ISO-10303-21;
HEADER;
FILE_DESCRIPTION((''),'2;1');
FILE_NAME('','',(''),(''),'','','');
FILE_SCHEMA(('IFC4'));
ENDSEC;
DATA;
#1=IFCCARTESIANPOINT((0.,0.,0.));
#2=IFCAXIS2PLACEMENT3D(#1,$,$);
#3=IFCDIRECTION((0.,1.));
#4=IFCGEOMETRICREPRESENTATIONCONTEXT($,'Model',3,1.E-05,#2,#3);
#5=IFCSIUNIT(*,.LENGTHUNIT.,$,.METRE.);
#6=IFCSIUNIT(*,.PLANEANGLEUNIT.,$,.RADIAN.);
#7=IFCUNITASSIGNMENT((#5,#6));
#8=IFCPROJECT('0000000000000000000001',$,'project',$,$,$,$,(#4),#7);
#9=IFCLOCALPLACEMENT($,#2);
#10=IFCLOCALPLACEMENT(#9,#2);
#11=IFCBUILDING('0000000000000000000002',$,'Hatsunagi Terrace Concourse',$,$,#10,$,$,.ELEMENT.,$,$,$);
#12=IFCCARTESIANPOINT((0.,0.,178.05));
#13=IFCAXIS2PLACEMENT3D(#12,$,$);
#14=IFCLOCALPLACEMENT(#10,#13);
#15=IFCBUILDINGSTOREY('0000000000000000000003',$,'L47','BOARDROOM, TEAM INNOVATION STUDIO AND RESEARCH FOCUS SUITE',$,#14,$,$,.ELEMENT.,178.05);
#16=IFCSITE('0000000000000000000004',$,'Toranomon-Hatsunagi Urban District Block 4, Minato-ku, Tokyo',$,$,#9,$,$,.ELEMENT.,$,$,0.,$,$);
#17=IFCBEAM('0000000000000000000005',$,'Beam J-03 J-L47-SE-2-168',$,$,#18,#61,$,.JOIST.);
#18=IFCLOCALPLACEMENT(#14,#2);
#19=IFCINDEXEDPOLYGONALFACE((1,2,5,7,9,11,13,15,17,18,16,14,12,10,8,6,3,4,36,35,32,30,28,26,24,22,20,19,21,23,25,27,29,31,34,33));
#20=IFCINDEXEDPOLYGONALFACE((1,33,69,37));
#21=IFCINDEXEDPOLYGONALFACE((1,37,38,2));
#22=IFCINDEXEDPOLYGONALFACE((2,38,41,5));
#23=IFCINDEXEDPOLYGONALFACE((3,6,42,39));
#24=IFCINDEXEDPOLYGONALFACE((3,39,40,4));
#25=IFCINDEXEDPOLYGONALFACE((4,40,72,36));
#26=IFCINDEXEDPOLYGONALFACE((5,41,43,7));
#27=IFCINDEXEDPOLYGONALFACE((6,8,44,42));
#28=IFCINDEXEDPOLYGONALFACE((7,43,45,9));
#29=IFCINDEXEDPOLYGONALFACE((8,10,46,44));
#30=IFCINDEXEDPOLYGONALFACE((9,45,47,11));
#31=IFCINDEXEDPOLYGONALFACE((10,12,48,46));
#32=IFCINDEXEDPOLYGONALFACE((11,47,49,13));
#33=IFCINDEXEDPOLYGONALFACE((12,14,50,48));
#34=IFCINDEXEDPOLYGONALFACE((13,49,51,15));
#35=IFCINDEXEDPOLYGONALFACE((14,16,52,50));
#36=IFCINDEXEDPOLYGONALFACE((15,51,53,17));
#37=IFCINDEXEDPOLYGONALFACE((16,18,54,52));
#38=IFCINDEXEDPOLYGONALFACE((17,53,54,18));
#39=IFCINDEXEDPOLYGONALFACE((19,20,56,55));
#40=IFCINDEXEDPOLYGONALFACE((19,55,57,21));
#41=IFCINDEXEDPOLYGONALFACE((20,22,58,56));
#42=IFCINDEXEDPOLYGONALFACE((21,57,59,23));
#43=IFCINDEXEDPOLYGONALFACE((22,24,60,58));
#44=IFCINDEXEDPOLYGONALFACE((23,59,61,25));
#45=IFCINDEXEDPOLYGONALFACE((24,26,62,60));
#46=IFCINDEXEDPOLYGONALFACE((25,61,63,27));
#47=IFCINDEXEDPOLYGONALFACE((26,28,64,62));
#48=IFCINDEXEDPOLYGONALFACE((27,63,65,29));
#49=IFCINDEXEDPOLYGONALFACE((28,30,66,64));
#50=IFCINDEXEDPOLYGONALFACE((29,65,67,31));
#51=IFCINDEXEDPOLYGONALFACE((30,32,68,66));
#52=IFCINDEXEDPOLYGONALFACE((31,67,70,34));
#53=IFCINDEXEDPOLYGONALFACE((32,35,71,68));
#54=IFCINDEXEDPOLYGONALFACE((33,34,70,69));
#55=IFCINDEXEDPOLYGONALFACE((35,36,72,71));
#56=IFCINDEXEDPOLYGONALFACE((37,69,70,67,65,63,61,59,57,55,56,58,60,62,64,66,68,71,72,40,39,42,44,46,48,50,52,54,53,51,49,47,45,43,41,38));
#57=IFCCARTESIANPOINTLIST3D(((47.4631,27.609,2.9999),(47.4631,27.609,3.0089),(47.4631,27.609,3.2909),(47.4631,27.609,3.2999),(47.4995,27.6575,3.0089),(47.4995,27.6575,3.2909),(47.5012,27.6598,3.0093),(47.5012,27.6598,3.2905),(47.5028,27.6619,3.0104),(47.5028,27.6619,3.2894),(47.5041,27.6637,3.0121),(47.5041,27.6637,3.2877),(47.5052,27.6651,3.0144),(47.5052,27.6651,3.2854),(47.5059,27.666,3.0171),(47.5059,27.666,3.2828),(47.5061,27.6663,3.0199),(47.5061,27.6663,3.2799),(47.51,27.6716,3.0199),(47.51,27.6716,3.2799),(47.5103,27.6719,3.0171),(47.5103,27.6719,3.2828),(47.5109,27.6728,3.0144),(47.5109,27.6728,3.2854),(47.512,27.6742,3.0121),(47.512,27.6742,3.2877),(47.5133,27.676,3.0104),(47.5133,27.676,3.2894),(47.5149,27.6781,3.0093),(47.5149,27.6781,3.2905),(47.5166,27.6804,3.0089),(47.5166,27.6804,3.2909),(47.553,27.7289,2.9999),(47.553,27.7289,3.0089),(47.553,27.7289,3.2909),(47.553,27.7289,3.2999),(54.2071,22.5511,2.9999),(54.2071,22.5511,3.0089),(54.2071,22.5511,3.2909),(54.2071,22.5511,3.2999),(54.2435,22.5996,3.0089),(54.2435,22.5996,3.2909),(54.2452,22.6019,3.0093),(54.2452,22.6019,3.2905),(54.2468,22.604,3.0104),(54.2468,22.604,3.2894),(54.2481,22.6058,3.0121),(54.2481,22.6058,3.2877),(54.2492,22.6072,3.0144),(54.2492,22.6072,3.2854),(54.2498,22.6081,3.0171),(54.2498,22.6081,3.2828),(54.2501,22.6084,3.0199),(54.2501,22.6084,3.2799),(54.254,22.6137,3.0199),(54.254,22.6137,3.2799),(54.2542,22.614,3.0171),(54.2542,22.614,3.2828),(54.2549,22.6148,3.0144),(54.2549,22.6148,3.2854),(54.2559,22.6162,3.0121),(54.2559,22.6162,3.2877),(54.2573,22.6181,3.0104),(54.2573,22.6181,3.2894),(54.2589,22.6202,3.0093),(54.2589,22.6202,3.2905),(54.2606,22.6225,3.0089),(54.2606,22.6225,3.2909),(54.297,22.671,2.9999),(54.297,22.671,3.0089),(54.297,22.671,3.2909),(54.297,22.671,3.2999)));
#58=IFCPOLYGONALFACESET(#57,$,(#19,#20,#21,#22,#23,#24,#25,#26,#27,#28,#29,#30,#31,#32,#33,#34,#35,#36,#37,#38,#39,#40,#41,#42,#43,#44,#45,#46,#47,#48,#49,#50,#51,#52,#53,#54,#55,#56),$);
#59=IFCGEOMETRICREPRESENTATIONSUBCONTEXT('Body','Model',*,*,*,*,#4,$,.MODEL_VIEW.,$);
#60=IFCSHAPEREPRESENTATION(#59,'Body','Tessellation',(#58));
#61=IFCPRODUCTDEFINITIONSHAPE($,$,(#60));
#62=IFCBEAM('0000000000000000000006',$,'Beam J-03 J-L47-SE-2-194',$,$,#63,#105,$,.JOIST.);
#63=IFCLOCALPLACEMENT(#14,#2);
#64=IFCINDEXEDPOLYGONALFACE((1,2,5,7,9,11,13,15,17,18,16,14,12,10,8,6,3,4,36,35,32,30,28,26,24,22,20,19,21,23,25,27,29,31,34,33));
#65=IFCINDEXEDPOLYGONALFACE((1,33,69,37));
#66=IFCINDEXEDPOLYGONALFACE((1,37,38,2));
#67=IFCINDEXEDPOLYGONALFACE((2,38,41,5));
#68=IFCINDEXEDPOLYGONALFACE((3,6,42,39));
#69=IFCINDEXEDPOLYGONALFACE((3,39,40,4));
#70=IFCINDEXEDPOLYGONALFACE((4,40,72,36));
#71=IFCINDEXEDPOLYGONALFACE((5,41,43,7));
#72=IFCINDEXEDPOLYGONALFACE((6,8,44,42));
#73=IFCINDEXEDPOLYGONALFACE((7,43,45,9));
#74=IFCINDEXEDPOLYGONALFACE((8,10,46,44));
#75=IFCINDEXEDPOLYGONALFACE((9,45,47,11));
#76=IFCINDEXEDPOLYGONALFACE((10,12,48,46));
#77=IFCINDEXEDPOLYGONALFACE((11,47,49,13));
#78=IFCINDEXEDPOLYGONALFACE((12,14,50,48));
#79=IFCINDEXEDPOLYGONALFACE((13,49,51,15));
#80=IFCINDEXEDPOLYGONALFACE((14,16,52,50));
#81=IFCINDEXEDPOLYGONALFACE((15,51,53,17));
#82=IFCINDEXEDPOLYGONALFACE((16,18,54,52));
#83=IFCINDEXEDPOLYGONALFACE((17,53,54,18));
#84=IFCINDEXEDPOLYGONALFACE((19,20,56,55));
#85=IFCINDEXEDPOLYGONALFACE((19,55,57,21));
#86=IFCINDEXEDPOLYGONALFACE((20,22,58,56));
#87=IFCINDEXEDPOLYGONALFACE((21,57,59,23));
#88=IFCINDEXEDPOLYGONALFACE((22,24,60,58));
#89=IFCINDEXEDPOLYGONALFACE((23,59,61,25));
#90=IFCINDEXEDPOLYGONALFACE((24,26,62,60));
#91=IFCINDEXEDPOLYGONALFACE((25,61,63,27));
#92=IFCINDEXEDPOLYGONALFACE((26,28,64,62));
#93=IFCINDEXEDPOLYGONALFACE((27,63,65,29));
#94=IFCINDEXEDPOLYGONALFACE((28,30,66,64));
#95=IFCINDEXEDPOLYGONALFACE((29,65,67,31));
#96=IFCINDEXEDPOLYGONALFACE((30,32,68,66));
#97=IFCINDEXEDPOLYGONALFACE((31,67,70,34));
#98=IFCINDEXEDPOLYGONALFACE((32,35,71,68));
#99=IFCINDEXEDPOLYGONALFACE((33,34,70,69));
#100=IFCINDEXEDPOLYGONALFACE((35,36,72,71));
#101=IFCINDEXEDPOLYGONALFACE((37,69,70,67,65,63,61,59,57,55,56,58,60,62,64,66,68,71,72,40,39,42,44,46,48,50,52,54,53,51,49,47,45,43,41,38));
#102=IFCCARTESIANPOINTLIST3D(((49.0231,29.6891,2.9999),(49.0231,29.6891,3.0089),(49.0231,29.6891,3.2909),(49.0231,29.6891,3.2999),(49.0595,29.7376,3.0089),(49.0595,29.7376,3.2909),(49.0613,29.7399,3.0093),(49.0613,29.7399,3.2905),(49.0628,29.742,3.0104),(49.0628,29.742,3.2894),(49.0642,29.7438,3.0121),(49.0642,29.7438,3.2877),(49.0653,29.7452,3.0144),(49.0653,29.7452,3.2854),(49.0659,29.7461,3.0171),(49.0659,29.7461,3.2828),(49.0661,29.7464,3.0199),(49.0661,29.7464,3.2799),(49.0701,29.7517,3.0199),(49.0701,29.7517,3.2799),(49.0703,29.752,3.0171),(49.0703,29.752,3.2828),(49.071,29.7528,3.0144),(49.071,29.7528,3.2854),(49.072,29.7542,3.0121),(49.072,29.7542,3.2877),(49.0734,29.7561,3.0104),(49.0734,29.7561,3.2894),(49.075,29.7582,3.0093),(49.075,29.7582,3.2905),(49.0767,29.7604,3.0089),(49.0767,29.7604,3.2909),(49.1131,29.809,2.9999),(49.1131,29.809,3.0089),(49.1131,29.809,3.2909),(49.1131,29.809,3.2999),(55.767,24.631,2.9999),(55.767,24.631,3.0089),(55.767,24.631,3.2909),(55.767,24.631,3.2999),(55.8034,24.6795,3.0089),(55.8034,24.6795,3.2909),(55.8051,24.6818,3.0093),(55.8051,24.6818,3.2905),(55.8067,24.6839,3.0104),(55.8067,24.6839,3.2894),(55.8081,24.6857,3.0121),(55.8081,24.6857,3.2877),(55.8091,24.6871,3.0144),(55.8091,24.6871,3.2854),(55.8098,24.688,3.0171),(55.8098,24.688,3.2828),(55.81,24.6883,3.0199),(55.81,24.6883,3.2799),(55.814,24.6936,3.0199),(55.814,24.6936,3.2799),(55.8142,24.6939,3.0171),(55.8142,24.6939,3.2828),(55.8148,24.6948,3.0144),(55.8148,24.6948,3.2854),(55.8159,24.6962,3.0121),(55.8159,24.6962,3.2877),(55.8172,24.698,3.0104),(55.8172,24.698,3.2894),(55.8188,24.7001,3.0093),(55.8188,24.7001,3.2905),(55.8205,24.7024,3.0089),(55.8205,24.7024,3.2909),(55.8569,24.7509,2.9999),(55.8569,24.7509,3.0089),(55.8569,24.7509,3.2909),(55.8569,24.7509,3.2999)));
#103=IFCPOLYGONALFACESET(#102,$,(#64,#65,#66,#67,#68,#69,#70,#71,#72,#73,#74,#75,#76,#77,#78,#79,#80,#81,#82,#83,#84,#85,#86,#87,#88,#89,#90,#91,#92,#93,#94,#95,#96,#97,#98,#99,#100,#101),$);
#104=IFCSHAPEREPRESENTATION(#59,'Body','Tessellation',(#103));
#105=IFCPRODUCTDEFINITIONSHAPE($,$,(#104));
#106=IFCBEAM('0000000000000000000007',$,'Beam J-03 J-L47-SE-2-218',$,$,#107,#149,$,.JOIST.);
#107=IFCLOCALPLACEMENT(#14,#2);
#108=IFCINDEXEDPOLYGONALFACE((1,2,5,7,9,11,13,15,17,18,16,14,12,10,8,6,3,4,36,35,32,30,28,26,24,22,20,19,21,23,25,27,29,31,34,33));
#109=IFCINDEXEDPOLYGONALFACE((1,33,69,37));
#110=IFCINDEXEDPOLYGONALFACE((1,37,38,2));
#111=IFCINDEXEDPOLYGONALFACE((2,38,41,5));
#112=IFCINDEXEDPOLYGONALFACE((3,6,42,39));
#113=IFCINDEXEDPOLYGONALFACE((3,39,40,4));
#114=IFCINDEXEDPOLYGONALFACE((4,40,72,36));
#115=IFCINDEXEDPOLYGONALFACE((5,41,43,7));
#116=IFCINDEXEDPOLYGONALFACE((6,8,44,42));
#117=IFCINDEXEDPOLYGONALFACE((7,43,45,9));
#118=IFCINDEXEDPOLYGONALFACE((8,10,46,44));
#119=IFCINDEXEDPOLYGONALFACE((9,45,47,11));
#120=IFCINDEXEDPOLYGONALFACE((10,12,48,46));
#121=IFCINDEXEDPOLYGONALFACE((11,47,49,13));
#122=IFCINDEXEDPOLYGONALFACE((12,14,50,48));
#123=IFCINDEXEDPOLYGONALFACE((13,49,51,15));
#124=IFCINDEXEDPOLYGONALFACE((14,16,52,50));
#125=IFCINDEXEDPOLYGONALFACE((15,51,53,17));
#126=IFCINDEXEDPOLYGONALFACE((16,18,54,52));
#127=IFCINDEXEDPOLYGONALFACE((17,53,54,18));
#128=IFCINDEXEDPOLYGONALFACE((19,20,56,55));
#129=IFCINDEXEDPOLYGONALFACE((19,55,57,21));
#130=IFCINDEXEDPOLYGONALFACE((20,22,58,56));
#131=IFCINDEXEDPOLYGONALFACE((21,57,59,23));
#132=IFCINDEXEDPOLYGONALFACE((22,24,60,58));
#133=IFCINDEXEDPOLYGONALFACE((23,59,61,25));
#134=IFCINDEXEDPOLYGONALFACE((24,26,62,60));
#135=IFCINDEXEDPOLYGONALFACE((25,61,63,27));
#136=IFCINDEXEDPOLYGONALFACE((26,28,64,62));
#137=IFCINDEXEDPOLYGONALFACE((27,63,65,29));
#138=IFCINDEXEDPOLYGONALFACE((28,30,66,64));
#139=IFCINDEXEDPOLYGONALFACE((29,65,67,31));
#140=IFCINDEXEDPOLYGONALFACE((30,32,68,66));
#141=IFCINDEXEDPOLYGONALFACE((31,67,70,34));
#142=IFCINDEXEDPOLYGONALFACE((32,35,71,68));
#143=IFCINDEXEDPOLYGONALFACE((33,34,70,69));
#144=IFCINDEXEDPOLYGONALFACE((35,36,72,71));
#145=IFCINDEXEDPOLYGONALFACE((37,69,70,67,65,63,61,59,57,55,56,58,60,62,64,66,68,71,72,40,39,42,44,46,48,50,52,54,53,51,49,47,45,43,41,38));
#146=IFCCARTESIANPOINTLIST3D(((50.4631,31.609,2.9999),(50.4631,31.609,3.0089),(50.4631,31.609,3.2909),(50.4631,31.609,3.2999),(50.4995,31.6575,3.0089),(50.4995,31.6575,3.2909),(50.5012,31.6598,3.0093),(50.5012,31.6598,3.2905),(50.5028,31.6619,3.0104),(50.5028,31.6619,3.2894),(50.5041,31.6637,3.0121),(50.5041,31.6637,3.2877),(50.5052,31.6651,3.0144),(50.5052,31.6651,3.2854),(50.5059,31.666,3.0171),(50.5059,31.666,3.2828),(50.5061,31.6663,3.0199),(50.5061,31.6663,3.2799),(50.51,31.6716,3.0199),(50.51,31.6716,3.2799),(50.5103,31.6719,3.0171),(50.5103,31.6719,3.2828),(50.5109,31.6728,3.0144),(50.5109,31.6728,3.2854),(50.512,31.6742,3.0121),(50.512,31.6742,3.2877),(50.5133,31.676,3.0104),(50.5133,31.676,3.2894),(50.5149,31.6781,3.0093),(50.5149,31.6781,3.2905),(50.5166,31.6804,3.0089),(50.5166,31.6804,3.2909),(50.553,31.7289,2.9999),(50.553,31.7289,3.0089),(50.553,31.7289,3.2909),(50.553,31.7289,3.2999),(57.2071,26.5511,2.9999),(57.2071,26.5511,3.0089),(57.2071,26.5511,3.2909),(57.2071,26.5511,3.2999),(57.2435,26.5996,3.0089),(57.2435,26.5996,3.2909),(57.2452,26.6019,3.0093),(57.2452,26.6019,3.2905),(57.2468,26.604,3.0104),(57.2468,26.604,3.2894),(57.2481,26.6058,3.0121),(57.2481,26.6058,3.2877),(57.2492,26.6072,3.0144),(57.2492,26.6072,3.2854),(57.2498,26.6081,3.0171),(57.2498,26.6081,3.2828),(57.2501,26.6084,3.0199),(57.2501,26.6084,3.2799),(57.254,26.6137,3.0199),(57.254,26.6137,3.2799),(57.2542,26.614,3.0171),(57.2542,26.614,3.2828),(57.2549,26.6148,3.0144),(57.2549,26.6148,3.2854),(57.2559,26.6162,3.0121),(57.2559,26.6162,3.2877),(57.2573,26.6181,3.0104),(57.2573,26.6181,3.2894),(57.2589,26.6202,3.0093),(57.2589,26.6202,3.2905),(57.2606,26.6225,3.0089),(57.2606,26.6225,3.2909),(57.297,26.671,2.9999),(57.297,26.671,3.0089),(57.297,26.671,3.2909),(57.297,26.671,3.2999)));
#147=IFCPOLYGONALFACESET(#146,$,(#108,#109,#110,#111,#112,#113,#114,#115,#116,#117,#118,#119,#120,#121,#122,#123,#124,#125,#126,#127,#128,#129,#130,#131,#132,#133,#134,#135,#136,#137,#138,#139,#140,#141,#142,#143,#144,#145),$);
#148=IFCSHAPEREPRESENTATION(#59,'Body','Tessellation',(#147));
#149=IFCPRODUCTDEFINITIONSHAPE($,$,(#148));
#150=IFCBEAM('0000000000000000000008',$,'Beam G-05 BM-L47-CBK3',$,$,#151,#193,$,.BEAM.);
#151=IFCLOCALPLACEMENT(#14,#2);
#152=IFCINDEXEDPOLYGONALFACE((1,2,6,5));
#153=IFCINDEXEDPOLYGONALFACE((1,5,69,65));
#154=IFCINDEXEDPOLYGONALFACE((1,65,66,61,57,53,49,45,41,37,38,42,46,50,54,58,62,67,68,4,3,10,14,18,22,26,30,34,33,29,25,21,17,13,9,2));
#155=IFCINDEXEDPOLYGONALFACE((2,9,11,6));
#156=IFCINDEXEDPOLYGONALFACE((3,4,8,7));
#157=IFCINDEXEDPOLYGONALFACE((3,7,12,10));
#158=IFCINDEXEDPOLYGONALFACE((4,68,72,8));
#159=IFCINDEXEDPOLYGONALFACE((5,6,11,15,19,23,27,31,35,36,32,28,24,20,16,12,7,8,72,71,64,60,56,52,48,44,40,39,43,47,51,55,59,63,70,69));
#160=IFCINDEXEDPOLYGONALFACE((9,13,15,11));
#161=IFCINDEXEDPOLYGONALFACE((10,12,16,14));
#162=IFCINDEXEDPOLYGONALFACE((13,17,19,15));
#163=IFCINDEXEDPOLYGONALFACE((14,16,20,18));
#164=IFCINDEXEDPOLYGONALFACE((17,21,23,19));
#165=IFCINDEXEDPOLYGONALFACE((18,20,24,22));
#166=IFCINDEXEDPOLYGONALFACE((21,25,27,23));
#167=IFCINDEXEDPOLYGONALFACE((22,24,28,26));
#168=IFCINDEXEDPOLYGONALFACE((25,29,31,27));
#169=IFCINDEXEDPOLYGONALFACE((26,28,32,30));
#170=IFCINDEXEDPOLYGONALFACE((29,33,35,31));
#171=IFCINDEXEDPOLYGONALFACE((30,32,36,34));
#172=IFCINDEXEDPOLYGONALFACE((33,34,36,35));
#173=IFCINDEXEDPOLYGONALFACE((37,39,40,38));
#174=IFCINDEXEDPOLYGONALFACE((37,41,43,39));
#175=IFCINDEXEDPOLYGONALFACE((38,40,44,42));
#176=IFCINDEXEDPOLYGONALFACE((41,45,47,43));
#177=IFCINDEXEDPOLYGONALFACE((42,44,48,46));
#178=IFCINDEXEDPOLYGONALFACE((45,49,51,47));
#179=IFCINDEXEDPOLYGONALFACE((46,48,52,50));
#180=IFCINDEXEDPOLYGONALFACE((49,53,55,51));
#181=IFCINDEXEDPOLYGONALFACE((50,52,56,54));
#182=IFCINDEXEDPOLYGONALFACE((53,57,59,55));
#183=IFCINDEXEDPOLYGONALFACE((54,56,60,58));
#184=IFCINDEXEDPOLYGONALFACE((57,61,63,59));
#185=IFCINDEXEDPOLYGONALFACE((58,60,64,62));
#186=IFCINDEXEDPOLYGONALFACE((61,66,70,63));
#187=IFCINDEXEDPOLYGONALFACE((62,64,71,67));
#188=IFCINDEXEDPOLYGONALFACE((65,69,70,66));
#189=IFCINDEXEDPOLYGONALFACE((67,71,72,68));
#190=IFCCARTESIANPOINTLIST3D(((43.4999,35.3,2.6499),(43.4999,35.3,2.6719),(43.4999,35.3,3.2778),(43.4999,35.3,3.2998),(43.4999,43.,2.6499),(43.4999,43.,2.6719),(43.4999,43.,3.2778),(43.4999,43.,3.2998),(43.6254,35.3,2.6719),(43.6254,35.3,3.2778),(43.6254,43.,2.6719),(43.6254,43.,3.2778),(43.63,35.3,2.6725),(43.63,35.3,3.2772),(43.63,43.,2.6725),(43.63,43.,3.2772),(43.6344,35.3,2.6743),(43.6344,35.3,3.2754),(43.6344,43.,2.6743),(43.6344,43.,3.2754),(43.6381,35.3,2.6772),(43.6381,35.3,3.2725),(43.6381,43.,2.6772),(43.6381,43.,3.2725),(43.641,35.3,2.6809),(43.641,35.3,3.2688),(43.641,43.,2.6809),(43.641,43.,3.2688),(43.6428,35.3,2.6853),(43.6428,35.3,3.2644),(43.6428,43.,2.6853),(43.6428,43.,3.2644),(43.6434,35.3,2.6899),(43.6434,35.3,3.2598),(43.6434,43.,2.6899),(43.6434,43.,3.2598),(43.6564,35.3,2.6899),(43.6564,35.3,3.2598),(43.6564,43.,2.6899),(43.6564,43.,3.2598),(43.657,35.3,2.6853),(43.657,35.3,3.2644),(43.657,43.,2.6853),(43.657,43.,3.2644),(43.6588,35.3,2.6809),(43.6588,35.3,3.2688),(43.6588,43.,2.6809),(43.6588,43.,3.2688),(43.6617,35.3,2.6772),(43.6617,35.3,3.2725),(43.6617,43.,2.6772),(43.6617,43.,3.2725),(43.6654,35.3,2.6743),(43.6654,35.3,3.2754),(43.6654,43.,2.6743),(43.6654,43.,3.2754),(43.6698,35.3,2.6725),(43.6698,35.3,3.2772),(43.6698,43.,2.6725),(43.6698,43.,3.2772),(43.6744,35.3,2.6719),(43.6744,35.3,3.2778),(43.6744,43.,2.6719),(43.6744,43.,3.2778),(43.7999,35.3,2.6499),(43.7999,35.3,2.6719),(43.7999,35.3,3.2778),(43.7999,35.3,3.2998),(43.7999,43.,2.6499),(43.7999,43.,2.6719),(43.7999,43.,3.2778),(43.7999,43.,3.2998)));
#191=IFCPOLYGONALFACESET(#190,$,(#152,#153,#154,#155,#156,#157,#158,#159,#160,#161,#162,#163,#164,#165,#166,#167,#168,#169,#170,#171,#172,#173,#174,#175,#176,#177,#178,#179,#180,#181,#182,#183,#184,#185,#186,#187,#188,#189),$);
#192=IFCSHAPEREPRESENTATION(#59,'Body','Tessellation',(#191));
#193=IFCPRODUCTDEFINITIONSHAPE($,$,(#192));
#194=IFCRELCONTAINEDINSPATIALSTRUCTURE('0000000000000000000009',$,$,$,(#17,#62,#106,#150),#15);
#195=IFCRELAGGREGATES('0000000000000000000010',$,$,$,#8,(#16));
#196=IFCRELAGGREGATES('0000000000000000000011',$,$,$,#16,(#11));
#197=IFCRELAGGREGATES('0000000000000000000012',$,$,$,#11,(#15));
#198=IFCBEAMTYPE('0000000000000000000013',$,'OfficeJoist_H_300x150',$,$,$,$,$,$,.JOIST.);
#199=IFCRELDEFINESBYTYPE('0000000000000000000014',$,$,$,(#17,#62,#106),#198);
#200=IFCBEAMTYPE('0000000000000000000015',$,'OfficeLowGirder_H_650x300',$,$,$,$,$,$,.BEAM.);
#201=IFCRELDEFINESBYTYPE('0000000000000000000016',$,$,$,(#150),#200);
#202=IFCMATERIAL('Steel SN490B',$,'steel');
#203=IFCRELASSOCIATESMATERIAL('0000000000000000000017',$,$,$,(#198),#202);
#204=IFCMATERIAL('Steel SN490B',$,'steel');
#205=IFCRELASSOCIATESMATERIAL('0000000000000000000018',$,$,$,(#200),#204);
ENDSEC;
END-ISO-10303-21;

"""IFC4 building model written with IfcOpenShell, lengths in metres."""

from ifc_helpers import new_model, si_unit, direction, frame, origin, origin_2d, place, context, subcontext, project, spatial, i_section, extrude, material, material_profile, profile_set, type_object, element, save


model = new_model("IFC4")

# Units and contexts
model_context = context("Model", 3, precision=1e-05, world=origin(), true_north=direction((0.0, 1.0)))
body_context = subcontext(model_context, "Body", "Model", "MODEL_VIEW")
ifc_project = project(units=[si_unit("LENGTHUNIT", "METRE"), si_unit("PLANEANGLEUNIT", "RADIAN")], contexts=[model_context])

# Site, building, storey
site_placement = place(None, origin())
site = spatial("IfcSite", under=ifc_project, at=site_placement, Name="Toranomon-Hatsunagi Urban District Block 4, Minato-ku, Tokyo", CompositionType="ELEMENT", RefElevation=0.0)
building_placement = place(site_placement, origin())
building = spatial("IfcBuilding", under=site, at=building_placement, Name="Hatsunagi Terrace Concourse", CompositionType="ELEMENT")
storey_placement = place(building_placement, frame((0.0, 0.0, 178.05)))
storey = spatial("IfcBuildingStorey", under=building, at=storey_placement, Name="L47", Description="BOARDROOM, TEAM INNOVATION STUDIO AND RESEARCH FOCUS SUITE", CompositionType="ELEMENT", Elevation=178.05)

# Beams
ifc_material_1 = material(Name="Steel SN490B", Category="steel")
ifc_material_profile_1 = material_profile(ifc_material_1, i_section(OverallWidth=0.1499, OverallDepth=0.3, WebThickness=0.0066, FlangeThickness=0.009, FilletRadius=0.011, at=origin_2d()), Name="H-300x150x6.5x9")
ifc_profile_set_1 = profile_set([ifc_material_profile_1], Name="Steel SN490B")
beam_type_1 = type_object("IfcBeamType", Name="OfficeJoist_H_300x150", PredefinedType="JOIST", material=ifc_profile_set_1)
for number, where, z_axis, x_axis, name in (
    (1, (47.5081, 27.6689, 3.1499), (0.800003, -0.599995, 0.0), (0.599995, 0.800003, 0.0), "Beam J-03 J-L47-SE-2-168"),
    (2, (49.0681, 29.749, 3.1499), (0.79999, -0.600014, 0.0), (0.600014, 0.79999, 0.0), "Beam J-03 J-L47-SE-2-194"),
    (3, (50.5081, 31.6689, 3.1499), (0.800003, -0.599995, 0.0), (0.599995, 0.800003, 0.0), "Beam J-03 J-L47-SE-2-218"),
):
    element("IfcBeam", number, at=place(storey_placement, frame(where, z_axis=z_axis, x_axis=x_axis)), inside=storey, type_object=beam_type_1, Name=name, PredefinedType="JOIST", context=body_context, shape_type="SweptSolid", body=[
        extrude(i_section(OverallWidth=0.1499, OverallDepth=0.3, WebThickness=0.0066, FlangeThickness=0.009, FilletRadius=0.011, at=origin_2d()), origin(), (0.0, 0.0, 1.0), 8.4299),
    ])
ifc_material_2 = material(Name="Steel SN490B", Category="steel")
ifc_material_profile_2 = material_profile(ifc_material_2, i_section(OverallWidth=0.3, OverallDepth=0.6499, WebThickness=0.0129, FlangeThickness=0.022, FilletRadius=0.0181, at=origin_2d()), Name="H-650x300x13x22")
ifc_profile_set_2 = profile_set([ifc_material_profile_2], Name="Steel SN490B")
beam_type_2 = type_object("IfcBeamType", Name="OfficeLowGirder_H_650x300", PredefinedType="BEAM", material=ifc_profile_set_2)
beam_1_placement = place(storey_placement, frame((43.6499, 35.3, 2.9749), z_axis=(0.0, 1.0, 0.0), x_axis=(-1.0, 0.0, 0.0)))
element("IfcBeam", 4, at=beam_1_placement, inside=storey, type_object=beam_type_2, Name="Beam G-05 BM-L47-CBK3", PredefinedType="BEAM", context=body_context, shape_type="SweptSolid", body=[
    extrude(i_section(OverallWidth=0.3, OverallDepth=0.6499, WebThickness=0.0129, FlangeThickness=0.022, FilletRadius=0.0181, at=origin_2d()), origin(), (0.0, 0.0, 1.0), 7.7),
])

save(model, "model.ifc")
